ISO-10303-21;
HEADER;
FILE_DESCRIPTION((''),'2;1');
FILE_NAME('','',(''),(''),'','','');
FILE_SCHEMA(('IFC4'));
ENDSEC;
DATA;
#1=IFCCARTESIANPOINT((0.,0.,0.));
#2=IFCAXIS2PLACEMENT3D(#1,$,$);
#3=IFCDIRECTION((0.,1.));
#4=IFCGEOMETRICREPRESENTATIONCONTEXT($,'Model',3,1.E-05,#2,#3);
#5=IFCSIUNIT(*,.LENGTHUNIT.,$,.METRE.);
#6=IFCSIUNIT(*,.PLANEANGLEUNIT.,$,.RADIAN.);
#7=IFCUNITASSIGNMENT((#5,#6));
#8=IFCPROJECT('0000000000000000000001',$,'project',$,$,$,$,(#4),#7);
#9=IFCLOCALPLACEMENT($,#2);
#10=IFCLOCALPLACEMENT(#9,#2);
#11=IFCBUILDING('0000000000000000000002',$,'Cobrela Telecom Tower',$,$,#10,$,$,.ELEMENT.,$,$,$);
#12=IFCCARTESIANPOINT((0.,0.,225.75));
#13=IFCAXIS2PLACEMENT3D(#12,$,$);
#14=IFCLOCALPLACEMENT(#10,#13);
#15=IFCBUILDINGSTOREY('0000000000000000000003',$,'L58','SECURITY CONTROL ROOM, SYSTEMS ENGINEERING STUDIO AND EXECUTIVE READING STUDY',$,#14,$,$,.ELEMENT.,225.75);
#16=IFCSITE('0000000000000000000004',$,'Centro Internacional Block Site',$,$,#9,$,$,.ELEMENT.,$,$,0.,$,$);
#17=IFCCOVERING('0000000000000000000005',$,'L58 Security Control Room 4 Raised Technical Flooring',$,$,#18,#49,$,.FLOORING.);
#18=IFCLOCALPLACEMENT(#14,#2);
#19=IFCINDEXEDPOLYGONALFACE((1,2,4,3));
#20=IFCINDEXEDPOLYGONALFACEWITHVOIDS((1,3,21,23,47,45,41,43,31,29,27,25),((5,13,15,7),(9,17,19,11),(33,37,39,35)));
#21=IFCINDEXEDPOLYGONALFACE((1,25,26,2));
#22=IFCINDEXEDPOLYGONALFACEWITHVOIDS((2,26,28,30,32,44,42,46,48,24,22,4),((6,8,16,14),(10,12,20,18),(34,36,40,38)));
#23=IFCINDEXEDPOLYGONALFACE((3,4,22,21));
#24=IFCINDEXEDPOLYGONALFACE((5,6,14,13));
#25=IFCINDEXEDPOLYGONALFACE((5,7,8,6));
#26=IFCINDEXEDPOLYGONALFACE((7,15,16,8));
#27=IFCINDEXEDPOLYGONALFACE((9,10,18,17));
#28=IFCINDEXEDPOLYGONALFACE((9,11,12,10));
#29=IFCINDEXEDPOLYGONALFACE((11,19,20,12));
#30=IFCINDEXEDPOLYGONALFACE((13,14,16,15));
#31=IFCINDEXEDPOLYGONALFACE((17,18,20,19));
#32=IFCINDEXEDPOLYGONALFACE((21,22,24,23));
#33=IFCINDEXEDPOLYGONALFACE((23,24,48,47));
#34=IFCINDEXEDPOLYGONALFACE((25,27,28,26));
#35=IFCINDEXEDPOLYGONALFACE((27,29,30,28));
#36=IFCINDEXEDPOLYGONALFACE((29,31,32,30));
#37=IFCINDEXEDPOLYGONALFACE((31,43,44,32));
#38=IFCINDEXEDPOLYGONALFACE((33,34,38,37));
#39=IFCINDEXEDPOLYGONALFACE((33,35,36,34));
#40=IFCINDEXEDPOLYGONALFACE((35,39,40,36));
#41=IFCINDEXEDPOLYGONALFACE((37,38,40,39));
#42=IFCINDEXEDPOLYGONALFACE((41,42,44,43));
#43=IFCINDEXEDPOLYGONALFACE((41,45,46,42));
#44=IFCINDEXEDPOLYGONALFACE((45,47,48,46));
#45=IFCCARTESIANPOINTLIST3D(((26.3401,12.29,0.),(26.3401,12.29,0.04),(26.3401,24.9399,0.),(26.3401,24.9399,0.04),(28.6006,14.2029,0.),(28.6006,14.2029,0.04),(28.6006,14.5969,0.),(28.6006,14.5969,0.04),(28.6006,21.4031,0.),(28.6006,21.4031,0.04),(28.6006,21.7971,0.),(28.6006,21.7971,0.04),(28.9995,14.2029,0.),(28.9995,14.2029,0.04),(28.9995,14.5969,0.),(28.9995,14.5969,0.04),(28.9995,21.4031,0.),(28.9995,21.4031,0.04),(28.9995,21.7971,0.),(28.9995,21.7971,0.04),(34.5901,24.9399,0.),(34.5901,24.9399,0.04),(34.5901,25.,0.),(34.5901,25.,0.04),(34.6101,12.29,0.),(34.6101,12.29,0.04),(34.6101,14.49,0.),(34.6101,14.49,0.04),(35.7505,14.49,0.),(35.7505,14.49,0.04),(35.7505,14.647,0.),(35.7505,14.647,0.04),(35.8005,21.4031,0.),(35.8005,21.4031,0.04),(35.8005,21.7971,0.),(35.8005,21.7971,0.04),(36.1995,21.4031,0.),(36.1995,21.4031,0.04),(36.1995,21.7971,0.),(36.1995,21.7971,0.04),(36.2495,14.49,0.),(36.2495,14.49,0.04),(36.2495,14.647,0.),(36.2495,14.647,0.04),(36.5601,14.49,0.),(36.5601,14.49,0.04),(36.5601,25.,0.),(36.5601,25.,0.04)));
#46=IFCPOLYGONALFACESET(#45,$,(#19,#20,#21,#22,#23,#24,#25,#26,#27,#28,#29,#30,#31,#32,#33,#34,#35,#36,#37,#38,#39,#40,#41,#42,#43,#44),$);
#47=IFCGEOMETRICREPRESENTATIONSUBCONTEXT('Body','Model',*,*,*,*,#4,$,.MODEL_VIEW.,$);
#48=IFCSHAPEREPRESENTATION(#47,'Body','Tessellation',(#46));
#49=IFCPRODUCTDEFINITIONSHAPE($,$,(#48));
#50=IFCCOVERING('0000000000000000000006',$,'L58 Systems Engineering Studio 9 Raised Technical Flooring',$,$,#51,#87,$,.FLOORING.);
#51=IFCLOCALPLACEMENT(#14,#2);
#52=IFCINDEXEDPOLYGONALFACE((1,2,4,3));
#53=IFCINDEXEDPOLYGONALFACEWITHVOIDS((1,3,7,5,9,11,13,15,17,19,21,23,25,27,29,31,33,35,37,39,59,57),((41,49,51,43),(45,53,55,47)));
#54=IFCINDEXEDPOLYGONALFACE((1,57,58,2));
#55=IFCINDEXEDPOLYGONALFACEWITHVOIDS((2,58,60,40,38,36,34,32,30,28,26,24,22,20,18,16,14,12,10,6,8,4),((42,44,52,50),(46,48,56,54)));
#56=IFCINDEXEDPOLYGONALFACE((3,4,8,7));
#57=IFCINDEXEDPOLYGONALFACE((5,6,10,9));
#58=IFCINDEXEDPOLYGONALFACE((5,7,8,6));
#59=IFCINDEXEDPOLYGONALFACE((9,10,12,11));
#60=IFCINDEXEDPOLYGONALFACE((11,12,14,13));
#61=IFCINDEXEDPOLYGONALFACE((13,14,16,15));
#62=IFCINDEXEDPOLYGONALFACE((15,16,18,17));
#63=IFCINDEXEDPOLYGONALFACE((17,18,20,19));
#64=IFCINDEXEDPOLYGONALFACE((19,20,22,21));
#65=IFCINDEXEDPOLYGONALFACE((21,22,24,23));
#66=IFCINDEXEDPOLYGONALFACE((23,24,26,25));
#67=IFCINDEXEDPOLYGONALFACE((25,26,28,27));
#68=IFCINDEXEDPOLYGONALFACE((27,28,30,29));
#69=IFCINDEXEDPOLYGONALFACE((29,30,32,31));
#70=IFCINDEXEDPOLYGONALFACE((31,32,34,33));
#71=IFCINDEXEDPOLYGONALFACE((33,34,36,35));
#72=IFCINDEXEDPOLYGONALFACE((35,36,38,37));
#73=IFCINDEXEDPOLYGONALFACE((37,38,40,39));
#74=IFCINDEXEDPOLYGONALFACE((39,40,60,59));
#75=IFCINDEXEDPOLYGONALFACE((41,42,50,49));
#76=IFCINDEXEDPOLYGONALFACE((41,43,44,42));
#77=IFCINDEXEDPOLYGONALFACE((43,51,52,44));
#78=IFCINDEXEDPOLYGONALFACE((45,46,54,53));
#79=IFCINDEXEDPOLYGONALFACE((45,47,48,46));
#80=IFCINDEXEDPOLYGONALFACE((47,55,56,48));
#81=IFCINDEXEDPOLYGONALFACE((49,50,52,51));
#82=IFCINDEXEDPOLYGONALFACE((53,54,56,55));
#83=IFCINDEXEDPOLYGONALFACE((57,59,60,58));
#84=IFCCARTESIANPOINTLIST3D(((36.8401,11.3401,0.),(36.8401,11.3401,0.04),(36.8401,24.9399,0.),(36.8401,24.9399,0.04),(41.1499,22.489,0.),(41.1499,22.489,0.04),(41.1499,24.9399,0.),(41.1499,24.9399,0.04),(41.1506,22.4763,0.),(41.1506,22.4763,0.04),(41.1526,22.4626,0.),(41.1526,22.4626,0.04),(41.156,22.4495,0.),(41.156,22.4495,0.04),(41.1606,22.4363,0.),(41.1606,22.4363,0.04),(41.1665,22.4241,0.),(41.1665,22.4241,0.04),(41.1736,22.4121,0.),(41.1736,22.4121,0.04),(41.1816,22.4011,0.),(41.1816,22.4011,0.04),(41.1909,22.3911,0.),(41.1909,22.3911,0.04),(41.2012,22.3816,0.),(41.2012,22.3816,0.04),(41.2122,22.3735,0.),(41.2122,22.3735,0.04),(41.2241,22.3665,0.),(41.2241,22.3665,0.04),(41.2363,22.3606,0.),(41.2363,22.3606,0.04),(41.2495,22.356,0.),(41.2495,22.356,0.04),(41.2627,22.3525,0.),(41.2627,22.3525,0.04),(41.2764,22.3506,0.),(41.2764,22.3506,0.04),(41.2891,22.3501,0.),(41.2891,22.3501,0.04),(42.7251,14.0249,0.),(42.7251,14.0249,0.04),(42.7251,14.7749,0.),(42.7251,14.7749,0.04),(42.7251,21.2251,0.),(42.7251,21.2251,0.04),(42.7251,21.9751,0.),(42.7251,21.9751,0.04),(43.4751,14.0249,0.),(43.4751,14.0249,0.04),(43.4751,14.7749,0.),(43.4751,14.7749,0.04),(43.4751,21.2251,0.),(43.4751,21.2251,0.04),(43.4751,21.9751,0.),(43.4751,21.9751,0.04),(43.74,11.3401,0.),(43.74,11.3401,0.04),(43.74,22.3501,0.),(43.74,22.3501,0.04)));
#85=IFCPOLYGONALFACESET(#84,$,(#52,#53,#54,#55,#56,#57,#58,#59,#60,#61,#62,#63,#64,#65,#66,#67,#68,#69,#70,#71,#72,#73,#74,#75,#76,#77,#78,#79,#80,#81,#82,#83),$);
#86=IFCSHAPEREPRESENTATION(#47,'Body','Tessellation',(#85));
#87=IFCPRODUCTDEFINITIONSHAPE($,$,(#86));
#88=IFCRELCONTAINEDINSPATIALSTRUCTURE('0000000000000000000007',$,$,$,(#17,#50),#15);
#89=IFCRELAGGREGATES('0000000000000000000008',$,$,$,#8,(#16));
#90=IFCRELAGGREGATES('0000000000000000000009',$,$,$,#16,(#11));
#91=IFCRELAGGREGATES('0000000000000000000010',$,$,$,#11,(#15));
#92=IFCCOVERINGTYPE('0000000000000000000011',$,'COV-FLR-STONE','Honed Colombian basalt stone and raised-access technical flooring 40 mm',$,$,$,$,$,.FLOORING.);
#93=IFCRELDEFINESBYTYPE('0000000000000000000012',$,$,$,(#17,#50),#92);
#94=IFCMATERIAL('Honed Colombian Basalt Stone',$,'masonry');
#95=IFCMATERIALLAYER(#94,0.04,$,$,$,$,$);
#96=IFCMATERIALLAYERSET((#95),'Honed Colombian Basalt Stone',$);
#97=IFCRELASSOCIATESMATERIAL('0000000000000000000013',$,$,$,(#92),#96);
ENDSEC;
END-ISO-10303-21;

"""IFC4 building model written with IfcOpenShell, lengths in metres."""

from ifc_helpers import new_model, si_unit, direction, frame, origin, place, context, subcontext, project, spatial, polyline, outline, extrude, material, layer, layer_set, type_object, element, save


model = new_model("IFC4")

# Units and contexts
model_context = context("Model", 3, precision=1e-05, world=origin(), true_north=direction((0.0, 1.0)))
body_context = subcontext(model_context, "Body", "Model", "MODEL_VIEW")
ifc_project = project(units=[si_unit("LENGTHUNIT", "METRE"), si_unit("PLANEANGLEUNIT", "RADIAN")], contexts=[model_context])

# Site, building, storey
site_placement = place(None, origin())
site = spatial("IfcSite", under=ifc_project, at=site_placement, Name="Centro Internacional Block Site", CompositionType="ELEMENT", RefElevation=0.0)
building_placement = place(site_placement, origin())
building = spatial("IfcBuilding", under=site, at=building_placement, Name="Cobrela Telecom Tower", CompositionType="ELEMENT")
storey_placement = place(building_placement, frame((0.0, 0.0, 225.75)))
storey = spatial("IfcBuildingStorey", under=building, at=storey_placement, Name="L58", Description="SECURITY CONTROL ROOM, SYSTEMS ENGINEERING STUDIO AND EXECUTIVE READING STUDY", CompositionType="ELEMENT", Elevation=225.75)

# Coverings
ifc_material_1 = material(Name="Honed Colombian Basalt Stone", Category="masonry")
ifc_layer_1 = layer(ifc_material_1, 0.04)
ifc_layer_set_1 = layer_set([ifc_layer_1], Name="Honed Colombian Basalt Stone")
covering_type_1 = type_object("IfcCoveringType", Name="COV-FLR-STONE", Description="Honed Colombian basalt stone and raised-access technical flooring 40 mm", PredefinedType="FLOORING", material=ifc_layer_set_1)
covering_1_placement = place(storey_placement, origin())
element("IfcCovering", 1, at=covering_1_placement, inside=storey, type_object=covering_type_1, Name="L58 Security Control Room 4 Raised Technical Flooring", PredefinedType="FLOORING", context=body_context, shape_type="SweptSolid", body=[
    extrude(outline(polyline([(36.5601, 14.49), (36.2495, 14.49), (36.2495, 14.647), (35.7505, 14.647), (35.7505, 14.49), (34.6101, 14.49), (34.6101, 12.29), (26.3401, 12.29), (26.3401, 24.9399), (34.5901, 24.9399), (34.5901, 25.0), (36.5601, 25.0), (36.5601, 14.49)]), holes=[polyline([(28.9995, 14.5969), (28.6006, 14.5969), (28.6006, 14.2029), (28.9995, 14.2029), (28.9995, 14.5969)]), polyline([(28.9995, 21.7971), (28.6006, 21.7971), (28.6006, 21.4031), (28.9995, 21.4031), (28.9995, 21.7971)]), polyline([(36.1995, 21.4031), (36.1995, 21.7971), (35.8005, 21.7971), (35.8005, 21.4031), (36.1995, 21.4031)])]), origin(), (0.0, 0.0, 1.0), 0.04),
])
covering_2_placement = place(storey_placement, origin())
element("IfcCovering", 2, at=covering_2_placement, inside=storey, type_object=covering_type_1, Name="L58 Systems Engineering Studio 9 Raised Technical Flooring", PredefinedType="FLOORING", context=body_context, shape_type="SweptSolid", body=[
    extrude(outline(polyline([(41.1499, 24.9399), (41.1499, 22.489), (41.1506, 22.4763), (41.1526, 22.4626), (41.156, 22.4495), (41.1606, 22.4363), (41.1665, 22.4241), (41.1736, 22.4121), (41.1816, 22.4011), (41.1909, 22.3911), (41.2012, 22.3816), (41.2122, 22.3735), (41.2241, 22.3665), (41.2363, 22.3606), (41.2495, 22.356), (41.2627, 22.3525), (41.2764, 22.3506), (41.2891, 22.3501), (43.74, 22.3501), (43.74, 11.3401), (36.8401, 11.3401), (36.8401, 24.9399), (41.1499, 24.9399)]), holes=[polyline([(43.4751, 14.0249), (43.4751, 14.7749), (42.7251, 14.7749), (42.7251, 14.0249), (43.4751, 14.0249)]), polyline([(43.4751, 21.2251), (43.4751, 21.9751), (42.7251, 21.9751), (42.7251, 21.2251), (43.4751, 21.2251)])]), origin(), (0.0, 0.0, 1.0), 0.04),
])

save(model, "model.ifc")
